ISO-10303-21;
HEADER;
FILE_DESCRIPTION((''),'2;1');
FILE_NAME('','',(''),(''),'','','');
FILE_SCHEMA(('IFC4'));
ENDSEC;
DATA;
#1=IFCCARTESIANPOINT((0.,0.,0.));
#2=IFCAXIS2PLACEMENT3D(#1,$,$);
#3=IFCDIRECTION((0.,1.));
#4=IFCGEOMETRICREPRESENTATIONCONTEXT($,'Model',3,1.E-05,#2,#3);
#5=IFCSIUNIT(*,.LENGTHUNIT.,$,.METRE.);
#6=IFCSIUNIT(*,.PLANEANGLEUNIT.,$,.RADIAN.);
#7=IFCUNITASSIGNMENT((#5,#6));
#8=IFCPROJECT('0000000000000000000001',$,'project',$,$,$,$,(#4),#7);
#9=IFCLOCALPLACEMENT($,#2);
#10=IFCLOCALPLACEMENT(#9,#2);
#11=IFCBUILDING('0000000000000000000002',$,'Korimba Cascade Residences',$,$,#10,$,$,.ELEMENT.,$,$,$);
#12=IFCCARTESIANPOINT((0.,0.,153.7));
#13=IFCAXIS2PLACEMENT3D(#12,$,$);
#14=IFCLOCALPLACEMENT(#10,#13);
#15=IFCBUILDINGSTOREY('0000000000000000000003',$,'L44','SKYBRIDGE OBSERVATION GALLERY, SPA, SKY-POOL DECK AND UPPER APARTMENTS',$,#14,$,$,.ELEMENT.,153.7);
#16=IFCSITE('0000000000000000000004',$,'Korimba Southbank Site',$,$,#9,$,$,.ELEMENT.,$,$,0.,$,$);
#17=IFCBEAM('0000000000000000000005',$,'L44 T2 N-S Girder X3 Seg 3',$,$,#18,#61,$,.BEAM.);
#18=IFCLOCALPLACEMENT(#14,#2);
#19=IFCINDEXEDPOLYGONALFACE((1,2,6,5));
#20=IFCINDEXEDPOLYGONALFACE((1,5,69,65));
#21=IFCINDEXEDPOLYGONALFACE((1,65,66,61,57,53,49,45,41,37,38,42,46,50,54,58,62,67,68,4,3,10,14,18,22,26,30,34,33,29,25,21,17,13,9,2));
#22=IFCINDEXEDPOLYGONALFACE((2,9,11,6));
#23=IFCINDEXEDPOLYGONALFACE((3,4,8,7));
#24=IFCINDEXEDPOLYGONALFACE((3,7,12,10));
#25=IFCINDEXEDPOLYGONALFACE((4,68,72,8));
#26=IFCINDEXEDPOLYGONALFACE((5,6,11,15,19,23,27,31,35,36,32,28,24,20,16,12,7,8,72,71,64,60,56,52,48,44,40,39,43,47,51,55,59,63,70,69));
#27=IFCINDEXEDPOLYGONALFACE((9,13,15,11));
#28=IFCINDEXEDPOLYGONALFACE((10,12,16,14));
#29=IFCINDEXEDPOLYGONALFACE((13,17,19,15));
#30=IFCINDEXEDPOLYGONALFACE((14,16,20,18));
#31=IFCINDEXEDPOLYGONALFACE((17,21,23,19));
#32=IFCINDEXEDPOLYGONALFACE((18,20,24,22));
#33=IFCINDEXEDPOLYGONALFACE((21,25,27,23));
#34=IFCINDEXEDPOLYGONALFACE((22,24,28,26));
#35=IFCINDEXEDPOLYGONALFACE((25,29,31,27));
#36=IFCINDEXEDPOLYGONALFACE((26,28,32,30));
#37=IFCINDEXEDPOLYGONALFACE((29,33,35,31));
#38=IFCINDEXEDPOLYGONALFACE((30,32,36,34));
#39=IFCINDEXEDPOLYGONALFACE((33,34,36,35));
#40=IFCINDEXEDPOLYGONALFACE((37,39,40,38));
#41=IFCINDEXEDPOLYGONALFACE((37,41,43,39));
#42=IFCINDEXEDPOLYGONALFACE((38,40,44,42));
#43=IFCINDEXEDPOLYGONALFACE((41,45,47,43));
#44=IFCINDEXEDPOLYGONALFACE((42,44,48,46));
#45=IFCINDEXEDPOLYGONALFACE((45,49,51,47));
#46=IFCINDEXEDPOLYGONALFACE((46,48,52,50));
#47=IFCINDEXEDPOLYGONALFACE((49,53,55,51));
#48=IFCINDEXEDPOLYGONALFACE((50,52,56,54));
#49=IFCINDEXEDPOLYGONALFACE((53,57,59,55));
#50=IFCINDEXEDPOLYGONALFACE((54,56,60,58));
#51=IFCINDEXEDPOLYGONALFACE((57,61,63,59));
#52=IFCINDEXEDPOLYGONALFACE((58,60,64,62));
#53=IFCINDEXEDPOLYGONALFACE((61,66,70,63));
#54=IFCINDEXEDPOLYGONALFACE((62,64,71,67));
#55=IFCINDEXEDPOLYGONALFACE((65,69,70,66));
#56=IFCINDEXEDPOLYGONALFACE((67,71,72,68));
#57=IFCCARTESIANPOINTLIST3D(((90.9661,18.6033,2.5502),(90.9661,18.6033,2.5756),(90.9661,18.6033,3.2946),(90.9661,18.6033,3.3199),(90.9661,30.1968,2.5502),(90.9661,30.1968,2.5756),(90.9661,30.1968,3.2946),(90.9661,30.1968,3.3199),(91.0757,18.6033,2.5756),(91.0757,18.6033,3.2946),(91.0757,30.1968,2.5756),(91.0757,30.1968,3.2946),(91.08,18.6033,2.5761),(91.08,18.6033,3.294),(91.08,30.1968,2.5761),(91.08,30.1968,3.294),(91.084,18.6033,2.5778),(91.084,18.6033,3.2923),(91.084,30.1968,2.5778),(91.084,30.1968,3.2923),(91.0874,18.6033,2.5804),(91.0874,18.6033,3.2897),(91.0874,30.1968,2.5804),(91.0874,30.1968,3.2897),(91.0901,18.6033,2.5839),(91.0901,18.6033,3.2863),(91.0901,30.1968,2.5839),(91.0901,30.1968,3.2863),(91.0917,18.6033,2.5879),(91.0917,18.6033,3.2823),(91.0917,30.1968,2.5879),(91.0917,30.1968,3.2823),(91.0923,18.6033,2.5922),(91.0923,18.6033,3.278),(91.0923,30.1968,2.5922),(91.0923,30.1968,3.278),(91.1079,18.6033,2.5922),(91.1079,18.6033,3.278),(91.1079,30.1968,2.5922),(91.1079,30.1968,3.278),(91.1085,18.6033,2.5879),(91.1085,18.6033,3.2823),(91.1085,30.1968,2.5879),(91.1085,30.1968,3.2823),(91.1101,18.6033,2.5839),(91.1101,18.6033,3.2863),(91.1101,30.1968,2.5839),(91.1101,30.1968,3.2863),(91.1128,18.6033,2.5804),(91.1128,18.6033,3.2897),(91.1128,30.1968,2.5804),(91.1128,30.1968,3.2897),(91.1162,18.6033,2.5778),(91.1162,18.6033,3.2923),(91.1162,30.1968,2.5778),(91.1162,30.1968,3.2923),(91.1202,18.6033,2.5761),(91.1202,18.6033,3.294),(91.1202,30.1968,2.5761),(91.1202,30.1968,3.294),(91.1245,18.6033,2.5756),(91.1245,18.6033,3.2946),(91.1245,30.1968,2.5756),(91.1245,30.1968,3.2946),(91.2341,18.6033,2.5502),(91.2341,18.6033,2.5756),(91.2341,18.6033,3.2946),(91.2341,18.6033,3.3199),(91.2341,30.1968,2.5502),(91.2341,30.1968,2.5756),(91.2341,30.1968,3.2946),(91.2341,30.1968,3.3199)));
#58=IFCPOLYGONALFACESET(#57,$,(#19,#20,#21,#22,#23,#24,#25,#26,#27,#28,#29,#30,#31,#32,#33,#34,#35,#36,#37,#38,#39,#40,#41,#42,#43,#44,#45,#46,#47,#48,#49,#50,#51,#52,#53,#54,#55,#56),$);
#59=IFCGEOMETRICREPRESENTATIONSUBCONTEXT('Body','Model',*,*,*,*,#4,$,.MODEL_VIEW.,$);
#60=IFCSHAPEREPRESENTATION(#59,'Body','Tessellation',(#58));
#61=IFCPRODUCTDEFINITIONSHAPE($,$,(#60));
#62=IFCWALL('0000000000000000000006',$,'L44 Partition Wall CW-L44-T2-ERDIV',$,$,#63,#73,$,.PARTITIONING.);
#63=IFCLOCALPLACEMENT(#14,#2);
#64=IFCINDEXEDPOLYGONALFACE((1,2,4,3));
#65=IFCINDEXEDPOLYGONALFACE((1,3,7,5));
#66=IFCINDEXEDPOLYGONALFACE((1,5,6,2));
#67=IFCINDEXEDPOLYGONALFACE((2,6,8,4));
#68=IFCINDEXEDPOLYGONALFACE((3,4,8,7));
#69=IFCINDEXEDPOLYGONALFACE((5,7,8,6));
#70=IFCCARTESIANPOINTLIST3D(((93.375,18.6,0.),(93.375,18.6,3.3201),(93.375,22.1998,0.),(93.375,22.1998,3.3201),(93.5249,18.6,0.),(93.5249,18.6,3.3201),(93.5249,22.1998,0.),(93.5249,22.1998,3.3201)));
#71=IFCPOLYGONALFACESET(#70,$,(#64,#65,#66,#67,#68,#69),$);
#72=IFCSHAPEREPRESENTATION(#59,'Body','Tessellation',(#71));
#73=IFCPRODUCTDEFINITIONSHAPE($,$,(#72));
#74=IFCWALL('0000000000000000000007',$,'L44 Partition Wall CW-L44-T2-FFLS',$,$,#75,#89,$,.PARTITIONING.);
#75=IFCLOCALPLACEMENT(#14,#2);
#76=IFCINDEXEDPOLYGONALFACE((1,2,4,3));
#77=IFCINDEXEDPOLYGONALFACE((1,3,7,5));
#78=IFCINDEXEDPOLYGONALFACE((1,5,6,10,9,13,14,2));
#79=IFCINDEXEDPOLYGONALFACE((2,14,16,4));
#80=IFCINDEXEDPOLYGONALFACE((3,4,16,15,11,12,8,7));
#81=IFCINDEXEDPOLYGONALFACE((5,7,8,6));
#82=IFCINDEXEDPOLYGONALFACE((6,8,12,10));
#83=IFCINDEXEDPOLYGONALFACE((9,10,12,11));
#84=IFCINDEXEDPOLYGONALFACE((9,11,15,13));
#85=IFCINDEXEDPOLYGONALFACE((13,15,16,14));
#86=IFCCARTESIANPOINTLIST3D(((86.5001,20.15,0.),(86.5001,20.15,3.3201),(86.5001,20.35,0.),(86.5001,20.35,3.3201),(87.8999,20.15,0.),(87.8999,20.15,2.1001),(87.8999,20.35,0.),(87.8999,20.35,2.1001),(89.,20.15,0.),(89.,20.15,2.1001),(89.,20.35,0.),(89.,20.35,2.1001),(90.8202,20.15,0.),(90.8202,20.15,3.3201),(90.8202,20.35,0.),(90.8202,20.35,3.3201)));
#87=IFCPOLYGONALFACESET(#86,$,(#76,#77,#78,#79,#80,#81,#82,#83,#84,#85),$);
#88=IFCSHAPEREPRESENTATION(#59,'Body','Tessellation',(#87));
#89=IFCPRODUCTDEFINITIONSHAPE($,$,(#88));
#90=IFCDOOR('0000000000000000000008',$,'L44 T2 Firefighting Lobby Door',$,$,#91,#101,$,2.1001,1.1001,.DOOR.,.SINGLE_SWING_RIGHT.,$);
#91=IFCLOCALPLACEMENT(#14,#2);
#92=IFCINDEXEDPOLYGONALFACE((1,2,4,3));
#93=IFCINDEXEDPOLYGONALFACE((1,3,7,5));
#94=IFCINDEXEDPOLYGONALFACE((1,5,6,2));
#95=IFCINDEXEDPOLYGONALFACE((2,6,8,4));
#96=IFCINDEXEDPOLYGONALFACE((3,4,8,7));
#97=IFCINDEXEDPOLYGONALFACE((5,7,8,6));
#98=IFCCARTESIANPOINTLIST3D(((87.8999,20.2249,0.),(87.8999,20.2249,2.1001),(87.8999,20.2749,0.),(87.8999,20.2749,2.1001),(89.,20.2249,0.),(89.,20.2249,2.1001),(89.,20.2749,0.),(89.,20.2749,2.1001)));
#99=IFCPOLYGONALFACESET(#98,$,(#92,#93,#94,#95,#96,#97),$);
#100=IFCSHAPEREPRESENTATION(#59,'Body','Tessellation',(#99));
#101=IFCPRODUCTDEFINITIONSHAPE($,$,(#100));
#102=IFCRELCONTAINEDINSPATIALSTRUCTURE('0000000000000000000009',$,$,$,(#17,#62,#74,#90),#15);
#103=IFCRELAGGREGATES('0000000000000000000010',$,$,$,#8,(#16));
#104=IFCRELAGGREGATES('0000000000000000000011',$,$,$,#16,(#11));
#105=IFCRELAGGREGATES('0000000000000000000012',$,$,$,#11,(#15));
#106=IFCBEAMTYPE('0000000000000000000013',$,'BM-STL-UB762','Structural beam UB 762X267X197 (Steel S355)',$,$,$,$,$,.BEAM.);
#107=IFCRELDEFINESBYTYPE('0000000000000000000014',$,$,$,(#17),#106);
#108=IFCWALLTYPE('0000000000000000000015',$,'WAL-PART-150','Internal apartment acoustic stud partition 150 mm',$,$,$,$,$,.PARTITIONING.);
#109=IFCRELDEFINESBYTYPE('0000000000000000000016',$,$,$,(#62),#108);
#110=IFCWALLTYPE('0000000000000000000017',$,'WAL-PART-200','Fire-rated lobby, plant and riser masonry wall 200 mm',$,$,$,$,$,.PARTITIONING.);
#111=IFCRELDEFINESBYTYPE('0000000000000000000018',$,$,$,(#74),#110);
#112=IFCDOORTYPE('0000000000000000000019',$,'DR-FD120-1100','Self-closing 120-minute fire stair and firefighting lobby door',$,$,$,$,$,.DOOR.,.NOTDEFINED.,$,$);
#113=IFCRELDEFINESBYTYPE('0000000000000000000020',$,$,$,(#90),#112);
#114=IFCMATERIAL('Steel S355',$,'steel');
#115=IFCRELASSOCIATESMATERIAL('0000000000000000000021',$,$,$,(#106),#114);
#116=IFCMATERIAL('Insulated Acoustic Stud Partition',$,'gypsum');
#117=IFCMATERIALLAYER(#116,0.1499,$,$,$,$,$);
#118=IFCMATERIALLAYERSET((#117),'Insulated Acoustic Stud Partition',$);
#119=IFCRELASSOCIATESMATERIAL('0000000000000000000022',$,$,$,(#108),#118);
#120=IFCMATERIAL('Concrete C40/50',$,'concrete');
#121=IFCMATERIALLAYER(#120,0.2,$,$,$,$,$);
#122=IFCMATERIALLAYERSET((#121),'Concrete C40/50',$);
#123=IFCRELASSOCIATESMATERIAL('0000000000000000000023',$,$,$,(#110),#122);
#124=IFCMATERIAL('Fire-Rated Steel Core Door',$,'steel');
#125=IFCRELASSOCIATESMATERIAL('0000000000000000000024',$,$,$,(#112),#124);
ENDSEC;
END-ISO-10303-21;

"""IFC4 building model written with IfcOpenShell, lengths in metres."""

from ifc_helpers import new_model, si_unit, direction, frame, frame_2d, origin, origin_2d, place, context, subcontext, project, spatial, rectangle, i_section, extrude, material, layer, layer_set, material_profile, profile_set, type_object, element, fill, save


model = new_model("IFC4")

# Units and contexts
model_context = context("Model", 3, precision=1e-05, world=origin(), true_north=direction((0.0, 1.0)))
body_context = subcontext(model_context, "Body", "Model", "MODEL_VIEW")
ifc_project = project(units=[si_unit("LENGTHUNIT", "METRE"), si_unit("PLANEANGLEUNIT", "RADIAN")], contexts=[model_context])

# Site, building, storey
site_placement = place(None, origin())
site = spatial("IfcSite", under=ifc_project, at=site_placement, Name="Korimba Southbank Site", CompositionType="ELEMENT", RefElevation=0.0)
building_placement = place(site_placement, origin())
building = spatial("IfcBuilding", under=site, at=building_placement, Name="Korimba Cascade Residences", CompositionType="ELEMENT")
storey_placement = place(building_placement, frame((0.0, 0.0, 153.7)))
storey = spatial("IfcBuildingStorey", under=building, at=storey_placement, Name="L44", Description="SKYBRIDGE OBSERVATION GALLERY, SPA, SKY-POOL DECK AND UPPER APARTMENTS", CompositionType="ELEMENT", Elevation=153.7)

# Beam
ifc_material_1 = material(Name="Steel S355", Category="steel")
ifc_material_profile = material_profile(ifc_material_1, i_section(OverallWidth=0.2681, OverallDepth=0.7698, WebThickness=0.0156, FlangeThickness=0.0254, FilletRadius=0.0166, at=origin_2d()), Name="Steel S355")
ifc_profile_set = profile_set([ifc_material_profile], Name="Steel S355")
beam_type = type_object("IfcBeamType", Name="BM-STL-UB762", Description="Structural beam UB 762X267X197 (Steel S355)", PredefinedType="BEAM", material=ifc_profile_set)
beam_placement = place(storey_placement, frame((91.1001, 18.6033, 2.9351), z_axis=(0.0, 1.0, 0.0), x_axis=(-1.0, 0.0, 0.0)))
element("IfcBeam", 1, at=beam_placement, inside=storey, type_object=beam_type, Name="L44 T2 N-S Girder X3 Seg 3", PredefinedType="BEAM", context=body_context, shape_type="SweptSolid", body=[
    extrude(i_section(OverallWidth=0.2681, OverallDepth=0.7698, WebThickness=0.0156, FlangeThickness=0.0254, FilletRadius=0.0166, at=origin_2d()), origin(), (0.0, 0.0, 1.0), 11.5935),
])

# Wall
ifc_material_2 = material(Name="Insulated Acoustic Stud Partition", Category="gypsum")
ifc_layer_1 = layer(ifc_material_2, 0.1499)
ifc_layer_set_1 = layer_set([ifc_layer_1], Name="Insulated Acoustic Stud Partition")
wall_type_1 = type_object("IfcWallType", Name="WAL-PART-150", Description="Internal apartment acoustic stud partition 150 mm", PredefinedType="PARTITIONING", material=ifc_layer_set_1)
wall_1_placement = place(storey_placement, frame((93.45, 18.6001, 0.0), z_axis=(0.0, 0.0, 1.0), x_axis=(0.0, 1.0, 0.0)))
element("IfcWall", 2, at=wall_1_placement, inside=storey, type_object=wall_type_1, Name="L44 Partition Wall CW-L44-T2-ERDIV", PredefinedType="PARTITIONING", context=body_context, shape_type="SweptSolid", body=[
    extrude(rectangle(XDim=3.5999, YDim=0.1499, at=frame_2d((1.7998, 0.0))), origin(), (0.0, 0.0, 1.0), 3.3201),
])

# Wall, opening, door
ifc_material_3 = material(Name="Concrete C40/50", Category="concrete")
ifc_layer_2 = layer(ifc_material_3, 0.2)
ifc_layer_set_2 = layer_set([ifc_layer_2], Name="Concrete C40/50")
wall_type_2 = type_object("IfcWallType", Name="WAL-PART-200", Description="Fire-rated lobby, plant and riser masonry wall 200 mm", PredefinedType="PARTITIONING", material=ifc_layer_set_2)
wall_2_placement = place(storey_placement, frame((86.5, 20.25, 0.0), z_axis=(0.0, 0.0, 1.0), x_axis=(1.0, 0.0, 0.0)))
wall_2 = element("IfcWall", 3, at=wall_2_placement, inside=storey, type_object=wall_type_2, Name="L44 Partition Wall CW-L44-T2-FFLS", PredefinedType="PARTITIONING", context=body_context, shape_type="SweptSolid", body=[
    extrude(rectangle(XDim=4.3201, YDim=0.2, at=frame_2d((2.1602, 0.0))), origin(), (0.0, 0.0, 1.0), 3.3201),
])
opening_1_placement = place(wall_2_placement, frame((1.3999, 0.0, 0.0)))
opening_1 = element("IfcOpeningElement", 4, at=opening_1_placement, cuts=wall_2, PredefinedType="OPENING", context=body_context, shape_type="SweptSolid", body=[
    extrude(rectangle(XDim=1.1001, YDim=2.1001, at=frame_2d((0.55, 1.05))), frame((0.0, 0.1099, 0.0), z_axis=(0.0, -1.0, 0.0), x_axis=(1.0, 0.0, 0.0)), (0.0, 0.0, 1.0), 0.22),
])
ifc_material_4 = material(Name="Fire-Rated Steel Core Door", Category="steel")
door_type_1 = type_object("IfcDoorType", Name="DR-FD120-1100", Description="Self-closing 120-minute fire stair and firefighting lobby door", OperationType="NOTDEFINED", PredefinedType="DOOR", material=ifc_material_4)
door_1_placement = place(opening_1_placement, origin())
door_1 = element("IfcDoor", 5, at=door_1_placement, inside=storey, type_object=door_type_1, Name="L44 T2 Firefighting Lobby Door", OperationType="SINGLE_SWING_RIGHT", OverallHeight=2.1001, OverallWidth=1.1001, PredefinedType="DOOR", context=body_context, shape_type="SweptSolid", body=[
    extrude(rectangle(XDim=1.1001, YDim=2.1001, at=frame_2d((0.55, 1.05))), frame((0.0, 0.0249, 0.0), z_axis=(0.0, -1.0, 0.0), x_axis=(1.0, 0.0, 0.0)), (0.0, 0.0, 1.0), 0.05),
])
fill(opening_1, door_1)

save(model, "model.ifc")
